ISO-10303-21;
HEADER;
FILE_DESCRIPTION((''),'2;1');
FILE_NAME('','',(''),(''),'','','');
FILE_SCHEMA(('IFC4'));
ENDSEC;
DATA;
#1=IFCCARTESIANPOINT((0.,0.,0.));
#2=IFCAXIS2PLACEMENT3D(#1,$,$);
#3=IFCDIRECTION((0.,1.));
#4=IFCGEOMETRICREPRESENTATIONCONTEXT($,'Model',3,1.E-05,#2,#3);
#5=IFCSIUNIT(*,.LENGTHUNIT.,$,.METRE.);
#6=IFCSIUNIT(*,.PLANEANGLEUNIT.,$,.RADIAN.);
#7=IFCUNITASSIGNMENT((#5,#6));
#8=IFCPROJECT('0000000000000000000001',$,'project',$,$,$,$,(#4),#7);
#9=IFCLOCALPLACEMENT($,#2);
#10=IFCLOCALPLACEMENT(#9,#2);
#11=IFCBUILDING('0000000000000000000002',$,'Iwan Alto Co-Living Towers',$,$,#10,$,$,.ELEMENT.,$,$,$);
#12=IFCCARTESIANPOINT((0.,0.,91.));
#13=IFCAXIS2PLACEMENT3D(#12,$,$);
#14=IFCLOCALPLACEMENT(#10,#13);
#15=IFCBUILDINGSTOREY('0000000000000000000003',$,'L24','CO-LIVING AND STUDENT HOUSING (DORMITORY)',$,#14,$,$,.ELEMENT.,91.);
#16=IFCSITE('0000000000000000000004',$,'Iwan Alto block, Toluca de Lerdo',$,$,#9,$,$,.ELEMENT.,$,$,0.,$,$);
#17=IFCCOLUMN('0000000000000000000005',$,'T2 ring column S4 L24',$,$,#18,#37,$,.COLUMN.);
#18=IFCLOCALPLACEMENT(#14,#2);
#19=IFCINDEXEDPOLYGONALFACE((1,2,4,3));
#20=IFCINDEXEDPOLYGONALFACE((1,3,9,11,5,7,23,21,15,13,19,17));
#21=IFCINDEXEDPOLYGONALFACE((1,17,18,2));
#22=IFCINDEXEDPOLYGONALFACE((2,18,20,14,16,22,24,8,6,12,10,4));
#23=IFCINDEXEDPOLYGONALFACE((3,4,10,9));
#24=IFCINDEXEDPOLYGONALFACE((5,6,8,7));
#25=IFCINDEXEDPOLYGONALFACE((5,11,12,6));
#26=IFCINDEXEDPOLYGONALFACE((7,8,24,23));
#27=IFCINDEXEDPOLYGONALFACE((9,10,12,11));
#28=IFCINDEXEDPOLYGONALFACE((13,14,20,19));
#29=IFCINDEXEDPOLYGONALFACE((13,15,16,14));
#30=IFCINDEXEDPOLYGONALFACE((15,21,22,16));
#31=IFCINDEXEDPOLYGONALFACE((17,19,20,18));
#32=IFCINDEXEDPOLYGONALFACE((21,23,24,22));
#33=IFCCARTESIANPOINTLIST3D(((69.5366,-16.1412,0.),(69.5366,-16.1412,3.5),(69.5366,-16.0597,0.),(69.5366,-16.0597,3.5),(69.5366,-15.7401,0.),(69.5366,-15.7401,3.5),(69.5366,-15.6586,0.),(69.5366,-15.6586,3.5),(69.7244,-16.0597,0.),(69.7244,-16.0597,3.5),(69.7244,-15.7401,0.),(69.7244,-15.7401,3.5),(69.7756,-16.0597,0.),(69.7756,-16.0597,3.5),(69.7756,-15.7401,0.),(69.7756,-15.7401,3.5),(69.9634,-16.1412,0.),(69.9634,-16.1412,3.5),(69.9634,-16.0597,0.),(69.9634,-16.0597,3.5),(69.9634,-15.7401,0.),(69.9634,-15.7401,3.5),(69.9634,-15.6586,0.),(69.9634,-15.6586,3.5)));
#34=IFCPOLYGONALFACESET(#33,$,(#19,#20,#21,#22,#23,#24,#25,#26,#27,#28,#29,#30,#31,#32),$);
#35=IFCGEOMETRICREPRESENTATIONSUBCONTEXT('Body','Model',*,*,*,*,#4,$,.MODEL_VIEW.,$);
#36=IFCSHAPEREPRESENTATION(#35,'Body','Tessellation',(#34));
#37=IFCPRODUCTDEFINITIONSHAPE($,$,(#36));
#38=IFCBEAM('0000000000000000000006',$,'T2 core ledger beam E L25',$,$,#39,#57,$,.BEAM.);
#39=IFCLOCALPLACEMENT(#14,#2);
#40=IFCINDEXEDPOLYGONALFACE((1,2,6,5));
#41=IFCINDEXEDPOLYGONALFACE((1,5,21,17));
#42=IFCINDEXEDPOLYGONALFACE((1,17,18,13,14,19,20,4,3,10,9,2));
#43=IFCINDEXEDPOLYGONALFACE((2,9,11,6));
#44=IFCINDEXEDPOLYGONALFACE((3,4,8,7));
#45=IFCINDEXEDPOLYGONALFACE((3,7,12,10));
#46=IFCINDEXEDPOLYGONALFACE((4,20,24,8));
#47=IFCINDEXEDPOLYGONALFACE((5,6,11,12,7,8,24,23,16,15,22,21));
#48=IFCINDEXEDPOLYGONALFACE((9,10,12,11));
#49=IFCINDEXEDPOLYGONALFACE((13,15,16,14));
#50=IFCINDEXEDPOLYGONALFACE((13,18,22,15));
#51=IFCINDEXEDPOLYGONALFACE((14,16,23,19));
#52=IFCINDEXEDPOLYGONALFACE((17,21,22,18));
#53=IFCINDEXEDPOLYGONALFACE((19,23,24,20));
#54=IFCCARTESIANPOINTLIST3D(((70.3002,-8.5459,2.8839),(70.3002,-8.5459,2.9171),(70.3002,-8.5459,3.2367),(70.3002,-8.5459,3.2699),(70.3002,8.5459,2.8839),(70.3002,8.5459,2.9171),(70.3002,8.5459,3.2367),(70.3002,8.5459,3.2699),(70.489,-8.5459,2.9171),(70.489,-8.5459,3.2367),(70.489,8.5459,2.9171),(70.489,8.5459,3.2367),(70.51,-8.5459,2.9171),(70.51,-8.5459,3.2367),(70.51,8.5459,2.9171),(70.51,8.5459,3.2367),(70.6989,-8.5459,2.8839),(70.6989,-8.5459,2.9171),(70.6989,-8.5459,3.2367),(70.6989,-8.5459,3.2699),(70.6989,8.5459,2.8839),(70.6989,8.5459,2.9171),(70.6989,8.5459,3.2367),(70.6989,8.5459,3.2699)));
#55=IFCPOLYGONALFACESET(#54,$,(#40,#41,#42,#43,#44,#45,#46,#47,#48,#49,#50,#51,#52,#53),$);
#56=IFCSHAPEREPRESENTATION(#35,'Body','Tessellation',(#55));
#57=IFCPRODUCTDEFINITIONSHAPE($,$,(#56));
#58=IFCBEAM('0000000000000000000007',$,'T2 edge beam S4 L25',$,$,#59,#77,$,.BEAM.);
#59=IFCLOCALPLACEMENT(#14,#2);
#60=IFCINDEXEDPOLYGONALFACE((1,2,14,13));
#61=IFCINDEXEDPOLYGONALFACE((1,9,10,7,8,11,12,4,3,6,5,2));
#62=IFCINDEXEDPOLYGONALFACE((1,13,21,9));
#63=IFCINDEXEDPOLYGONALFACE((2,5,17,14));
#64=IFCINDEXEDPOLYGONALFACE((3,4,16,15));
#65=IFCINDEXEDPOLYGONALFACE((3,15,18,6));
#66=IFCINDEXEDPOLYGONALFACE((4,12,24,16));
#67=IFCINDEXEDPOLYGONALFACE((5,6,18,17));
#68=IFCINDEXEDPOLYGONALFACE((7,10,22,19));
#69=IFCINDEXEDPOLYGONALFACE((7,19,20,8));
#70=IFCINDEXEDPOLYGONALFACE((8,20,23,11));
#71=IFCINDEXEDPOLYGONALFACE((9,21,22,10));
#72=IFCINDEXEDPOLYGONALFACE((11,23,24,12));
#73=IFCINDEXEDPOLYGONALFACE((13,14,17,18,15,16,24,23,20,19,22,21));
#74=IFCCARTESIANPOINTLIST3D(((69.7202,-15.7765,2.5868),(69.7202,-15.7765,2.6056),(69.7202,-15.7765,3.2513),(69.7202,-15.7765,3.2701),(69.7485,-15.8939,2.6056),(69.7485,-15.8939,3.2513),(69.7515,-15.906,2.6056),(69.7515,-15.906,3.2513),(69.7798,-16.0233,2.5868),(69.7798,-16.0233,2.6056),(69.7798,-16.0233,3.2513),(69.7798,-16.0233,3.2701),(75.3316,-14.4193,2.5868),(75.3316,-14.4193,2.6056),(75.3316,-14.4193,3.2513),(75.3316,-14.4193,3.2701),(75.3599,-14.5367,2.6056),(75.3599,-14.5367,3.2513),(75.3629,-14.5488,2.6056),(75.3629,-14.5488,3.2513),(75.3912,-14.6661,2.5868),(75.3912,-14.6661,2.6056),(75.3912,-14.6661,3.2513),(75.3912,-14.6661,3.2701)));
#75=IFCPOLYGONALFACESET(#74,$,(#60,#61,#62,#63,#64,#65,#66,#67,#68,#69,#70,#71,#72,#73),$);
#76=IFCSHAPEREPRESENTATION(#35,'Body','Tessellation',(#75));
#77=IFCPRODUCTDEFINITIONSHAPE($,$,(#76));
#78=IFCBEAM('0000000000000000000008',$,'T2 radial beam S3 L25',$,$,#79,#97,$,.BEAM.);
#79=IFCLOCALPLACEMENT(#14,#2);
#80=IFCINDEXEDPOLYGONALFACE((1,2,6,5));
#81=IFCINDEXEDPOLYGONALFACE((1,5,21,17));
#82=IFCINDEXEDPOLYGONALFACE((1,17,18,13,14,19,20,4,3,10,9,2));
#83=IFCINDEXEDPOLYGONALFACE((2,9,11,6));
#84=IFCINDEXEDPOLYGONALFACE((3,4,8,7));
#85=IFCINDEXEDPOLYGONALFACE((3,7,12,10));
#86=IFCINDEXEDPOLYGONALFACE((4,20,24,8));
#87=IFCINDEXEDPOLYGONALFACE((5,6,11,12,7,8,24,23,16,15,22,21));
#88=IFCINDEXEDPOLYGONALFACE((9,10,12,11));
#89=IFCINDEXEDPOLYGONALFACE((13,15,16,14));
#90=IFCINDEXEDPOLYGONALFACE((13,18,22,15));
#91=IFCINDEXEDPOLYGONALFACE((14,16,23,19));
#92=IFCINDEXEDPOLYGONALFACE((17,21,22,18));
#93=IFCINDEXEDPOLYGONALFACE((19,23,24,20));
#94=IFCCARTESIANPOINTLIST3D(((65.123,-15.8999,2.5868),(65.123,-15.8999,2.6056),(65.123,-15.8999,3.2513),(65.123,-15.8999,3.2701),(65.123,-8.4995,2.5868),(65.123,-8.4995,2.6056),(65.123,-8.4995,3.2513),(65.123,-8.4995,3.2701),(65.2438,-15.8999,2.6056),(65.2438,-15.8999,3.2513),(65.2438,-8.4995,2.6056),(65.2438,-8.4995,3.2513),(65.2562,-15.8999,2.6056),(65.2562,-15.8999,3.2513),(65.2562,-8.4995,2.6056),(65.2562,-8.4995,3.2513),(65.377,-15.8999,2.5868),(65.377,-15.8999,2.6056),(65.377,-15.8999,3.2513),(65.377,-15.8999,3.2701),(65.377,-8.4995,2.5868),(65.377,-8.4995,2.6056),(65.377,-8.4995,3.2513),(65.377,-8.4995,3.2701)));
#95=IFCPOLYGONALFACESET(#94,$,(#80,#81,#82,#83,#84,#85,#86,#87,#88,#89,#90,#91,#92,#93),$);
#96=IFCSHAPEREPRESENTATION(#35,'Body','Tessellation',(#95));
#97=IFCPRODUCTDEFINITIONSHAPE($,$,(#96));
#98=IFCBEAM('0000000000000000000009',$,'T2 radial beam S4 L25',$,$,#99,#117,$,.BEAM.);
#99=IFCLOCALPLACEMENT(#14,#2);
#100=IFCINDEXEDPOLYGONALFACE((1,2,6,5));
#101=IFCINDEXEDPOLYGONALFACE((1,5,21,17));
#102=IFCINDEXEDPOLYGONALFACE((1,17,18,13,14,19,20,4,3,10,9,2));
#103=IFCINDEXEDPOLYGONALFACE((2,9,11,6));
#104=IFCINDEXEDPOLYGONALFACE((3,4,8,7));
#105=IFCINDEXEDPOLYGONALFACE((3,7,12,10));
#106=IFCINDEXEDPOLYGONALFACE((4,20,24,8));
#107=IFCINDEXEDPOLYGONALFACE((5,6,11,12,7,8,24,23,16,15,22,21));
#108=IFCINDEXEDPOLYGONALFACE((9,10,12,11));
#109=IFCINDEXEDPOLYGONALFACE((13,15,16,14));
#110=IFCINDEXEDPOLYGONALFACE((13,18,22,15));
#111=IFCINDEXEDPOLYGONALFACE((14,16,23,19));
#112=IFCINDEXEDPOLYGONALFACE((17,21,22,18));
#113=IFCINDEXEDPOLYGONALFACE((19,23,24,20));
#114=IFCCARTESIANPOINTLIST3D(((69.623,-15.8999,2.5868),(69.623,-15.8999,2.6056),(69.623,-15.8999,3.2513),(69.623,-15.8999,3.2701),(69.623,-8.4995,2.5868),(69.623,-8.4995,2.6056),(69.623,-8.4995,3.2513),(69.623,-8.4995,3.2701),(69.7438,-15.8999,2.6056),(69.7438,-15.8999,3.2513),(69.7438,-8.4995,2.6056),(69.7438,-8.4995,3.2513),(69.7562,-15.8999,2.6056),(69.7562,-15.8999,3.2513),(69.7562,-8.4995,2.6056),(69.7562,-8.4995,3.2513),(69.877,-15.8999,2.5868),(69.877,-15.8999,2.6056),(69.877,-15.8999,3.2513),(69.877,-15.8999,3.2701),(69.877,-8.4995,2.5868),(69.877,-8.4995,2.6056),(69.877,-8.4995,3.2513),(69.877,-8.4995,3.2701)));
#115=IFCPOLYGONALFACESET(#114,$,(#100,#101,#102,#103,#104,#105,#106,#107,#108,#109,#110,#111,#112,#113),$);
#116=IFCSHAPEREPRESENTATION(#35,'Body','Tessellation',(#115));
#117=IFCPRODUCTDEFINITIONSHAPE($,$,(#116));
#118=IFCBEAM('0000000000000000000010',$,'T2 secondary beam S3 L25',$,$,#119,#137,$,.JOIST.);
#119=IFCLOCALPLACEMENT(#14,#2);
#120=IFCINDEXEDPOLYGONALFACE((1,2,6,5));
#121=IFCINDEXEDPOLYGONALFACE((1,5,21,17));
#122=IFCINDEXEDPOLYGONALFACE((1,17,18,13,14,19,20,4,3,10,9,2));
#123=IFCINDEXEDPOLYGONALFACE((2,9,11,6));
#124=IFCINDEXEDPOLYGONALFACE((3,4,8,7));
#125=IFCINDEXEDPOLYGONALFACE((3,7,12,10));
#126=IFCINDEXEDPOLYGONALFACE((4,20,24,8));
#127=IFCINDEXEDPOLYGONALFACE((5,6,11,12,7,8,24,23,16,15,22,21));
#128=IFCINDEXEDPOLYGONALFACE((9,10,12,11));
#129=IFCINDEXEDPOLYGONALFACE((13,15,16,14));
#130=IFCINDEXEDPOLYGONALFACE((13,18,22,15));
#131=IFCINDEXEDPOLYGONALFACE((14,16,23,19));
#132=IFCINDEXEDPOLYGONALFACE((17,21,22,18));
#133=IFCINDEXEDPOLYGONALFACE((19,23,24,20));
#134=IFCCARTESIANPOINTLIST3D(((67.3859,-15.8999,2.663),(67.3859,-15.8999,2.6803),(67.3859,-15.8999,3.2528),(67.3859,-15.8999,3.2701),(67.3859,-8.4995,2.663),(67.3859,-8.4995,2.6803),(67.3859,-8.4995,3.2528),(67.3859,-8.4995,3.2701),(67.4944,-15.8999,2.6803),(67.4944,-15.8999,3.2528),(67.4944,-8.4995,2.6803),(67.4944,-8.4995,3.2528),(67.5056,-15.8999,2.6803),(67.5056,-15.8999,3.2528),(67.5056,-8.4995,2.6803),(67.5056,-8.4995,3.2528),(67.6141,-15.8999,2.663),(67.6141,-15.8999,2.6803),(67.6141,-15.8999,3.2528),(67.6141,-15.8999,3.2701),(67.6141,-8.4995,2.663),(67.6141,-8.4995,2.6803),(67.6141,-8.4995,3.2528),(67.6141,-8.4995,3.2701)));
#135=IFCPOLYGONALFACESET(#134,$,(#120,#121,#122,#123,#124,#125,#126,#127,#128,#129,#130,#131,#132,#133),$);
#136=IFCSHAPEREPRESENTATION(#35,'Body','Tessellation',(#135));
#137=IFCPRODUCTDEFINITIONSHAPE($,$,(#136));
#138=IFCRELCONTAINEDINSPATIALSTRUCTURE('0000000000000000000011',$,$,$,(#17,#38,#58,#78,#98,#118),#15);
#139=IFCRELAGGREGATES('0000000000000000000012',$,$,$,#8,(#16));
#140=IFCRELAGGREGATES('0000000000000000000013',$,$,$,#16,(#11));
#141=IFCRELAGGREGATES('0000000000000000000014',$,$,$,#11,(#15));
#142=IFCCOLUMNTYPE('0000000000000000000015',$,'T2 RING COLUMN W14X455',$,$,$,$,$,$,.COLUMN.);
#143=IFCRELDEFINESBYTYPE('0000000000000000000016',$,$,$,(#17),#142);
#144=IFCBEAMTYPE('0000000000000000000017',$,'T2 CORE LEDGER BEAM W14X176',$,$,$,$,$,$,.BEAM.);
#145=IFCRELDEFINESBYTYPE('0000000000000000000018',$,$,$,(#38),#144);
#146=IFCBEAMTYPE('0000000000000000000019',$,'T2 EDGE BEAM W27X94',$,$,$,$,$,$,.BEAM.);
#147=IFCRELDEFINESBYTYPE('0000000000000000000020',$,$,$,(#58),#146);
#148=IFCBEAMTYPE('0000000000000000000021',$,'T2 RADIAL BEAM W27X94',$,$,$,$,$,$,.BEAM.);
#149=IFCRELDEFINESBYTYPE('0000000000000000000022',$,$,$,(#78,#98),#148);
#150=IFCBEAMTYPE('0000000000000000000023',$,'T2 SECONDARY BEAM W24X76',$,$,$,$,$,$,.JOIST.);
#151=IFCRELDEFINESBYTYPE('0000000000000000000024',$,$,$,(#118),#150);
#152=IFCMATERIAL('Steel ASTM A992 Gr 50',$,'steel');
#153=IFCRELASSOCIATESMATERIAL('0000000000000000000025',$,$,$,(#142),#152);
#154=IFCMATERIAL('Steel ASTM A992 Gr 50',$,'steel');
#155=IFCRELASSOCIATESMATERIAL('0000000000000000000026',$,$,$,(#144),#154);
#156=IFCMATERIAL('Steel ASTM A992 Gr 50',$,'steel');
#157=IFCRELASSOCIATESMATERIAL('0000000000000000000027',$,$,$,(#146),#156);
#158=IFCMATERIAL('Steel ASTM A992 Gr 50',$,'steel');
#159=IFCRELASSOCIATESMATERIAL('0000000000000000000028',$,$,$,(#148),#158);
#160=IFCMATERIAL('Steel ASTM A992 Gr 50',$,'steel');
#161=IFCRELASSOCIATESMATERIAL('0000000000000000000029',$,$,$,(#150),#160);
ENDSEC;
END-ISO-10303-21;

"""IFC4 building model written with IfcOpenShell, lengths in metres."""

from ifc_helpers import new_model, si_unit, direction, frame, origin, origin_2d, place, context, subcontext, project, spatial, i_section, extrude, material, material_profile, profile_set, type_object, element, save


model = new_model("IFC4")

# Units and contexts
model_context = context("Model", 3, precision=1e-05, world=origin(), true_north=direction((0.0, 1.0)))
body_context = subcontext(model_context, "Body", "Model", "MODEL_VIEW")
ifc_project = project(units=[si_unit("LENGTHUNIT", "METRE"), si_unit("PLANEANGLEUNIT", "RADIAN")], contexts=[model_context])

# Site, building, storey
site_placement = place(None, origin())
site = spatial("IfcSite", under=ifc_project, at=site_placement, Name="Iwan Alto block, Toluca de Lerdo", CompositionType="ELEMENT", RefElevation=0.0)
building_placement = place(site_placement, origin())
building = spatial("IfcBuilding", under=site, at=building_placement, Name="Iwan Alto Co-Living Towers", CompositionType="ELEMENT")
storey_placement = place(building_placement, frame((0.0, 0.0, 91.0)))
storey = spatial("IfcBuildingStorey", under=building, at=storey_placement, Name="L24", Description="CO-LIVING AND STUDENT HOUSING (DORMITORY)", CompositionType="ELEMENT", Elevation=91.0)

# Column
ifc_material_1 = material(Name="Steel ASTM A992 Gr 50", Category="steel")
ifc_material_profile_1 = material_profile(ifc_material_1, i_section(OverallWidth=0.4268, OverallDepth=0.4827, WebThickness=0.0513, FlangeThickness=0.0815, at=origin_2d()), Name="W14X455")
ifc_profile_set_1 = profile_set([ifc_material_profile_1], Name="Steel ASTM A992 Gr 50")
column_type = type_object("IfcColumnType", Name="T2 RING COLUMN W14X455", PredefinedType="COLUMN", material=ifc_profile_set_1)
column_placement = place(storey_placement, frame((69.75, -15.8999, 0.0), z_axis=(0.0, 0.0, 1.0), x_axis=(1.0, 0.0, 0.0)))
element("IfcColumn", 1, at=column_placement, inside=storey, type_object=column_type, Name="T2 ring column S4 L24", PredefinedType="COLUMN", context=body_context, shape_type="SweptSolid", body=[
    extrude(i_section(OverallWidth=0.4268, OverallDepth=0.4827, WebThickness=0.0513, FlangeThickness=0.0815, at=origin_2d()), origin(), (0.0, 0.0, 1.0), 3.5),
])

# Beams
ifc_material_2 = material(Name="Steel ASTM A992 Gr 50", Category="steel")
ifc_material_profile_2 = material_profile(ifc_material_2, i_section(OverallWidth=0.3987, OverallDepth=0.386, WebThickness=0.021, FlangeThickness=0.0332, at=origin_2d()), Name="W14X176")
ifc_profile_set_2 = profile_set([ifc_material_profile_2], Name="Steel ASTM A992 Gr 50")
beam_type_1 = type_object("IfcBeamType", Name="T2 CORE LEDGER BEAM W14X176", PredefinedType="BEAM", material=ifc_profile_set_2)
beam_1_placement = place(storey_placement, frame((70.4995, -8.5459, 3.0769), z_axis=(0.0, 1.0, 0.0), x_axis=(-1.0, 0.0, 0.0)))
element("IfcBeam", 2, at=beam_1_placement, inside=storey, type_object=beam_type_1, Name="T2 core ledger beam E L25", PredefinedType="BEAM", context=body_context, shape_type="SweptSolid", body=[
    extrude(i_section(OverallWidth=0.3987, OverallDepth=0.386, WebThickness=0.021, FlangeThickness=0.0332, at=origin_2d()), origin(), (0.0, 0.0, 1.0), 17.0918),
])
ifc_material_3 = material(Name="Steel ASTM A992 Gr 50", Category="steel")
ifc_material_profile_3 = material_profile(ifc_material_3, i_section(OverallWidth=0.2539, OverallDepth=0.6833, WebThickness=0.0125, FlangeThickness=0.0188, at=origin_2d()), Name="W27X94")
ifc_profile_set_3 = profile_set([ifc_material_profile_3], Name="Steel ASTM A992 Gr 50")
beam_type_2 = type_object("IfcBeamType", Name="T2 EDGE BEAM W27X94", PredefinedType="BEAM", material=ifc_profile_set_3)
beam_2_placement = place(storey_placement, frame((69.75, -15.8999, 2.9285), z_axis=(0.971975, 0.235086, 0.0), x_axis=(-0.235086, 0.971975, 0.0)))
element("IfcBeam", 3, at=beam_2_placement, inside=storey, type_object=beam_type_2, Name="T2 edge beam S4 L25", PredefinedType="BEAM", context=body_context, shape_type="SweptSolid", body=[
    extrude(i_section(OverallWidth=0.2539, OverallDepth=0.6833, WebThickness=0.0125, FlangeThickness=0.0188, at=origin_2d()), origin(), (0.0, 0.0, 1.0), 5.7732),
])
ifc_material_4 = material(Name="Steel ASTM A992 Gr 50", Category="steel")
ifc_material_profile_4 = material_profile(ifc_material_4, i_section(OverallWidth=0.2539, OverallDepth=0.6833, WebThickness=0.0125, FlangeThickness=0.0188, at=origin_2d()), Name="W27X94")
ifc_profile_set_4 = profile_set([ifc_material_profile_4], Name="Steel ASTM A992 Gr 50")
beam_type_3 = type_object("IfcBeamType", Name="T2 RADIAL BEAM W27X94", PredefinedType="BEAM", material=ifc_profile_set_4)
for number, where, z_axis, x_axis, name in (
    (4, (65.25, -15.8999, 2.9285), (0.0, 1.0, 0.0), (-1.0, 0.0, 0.0), "T2 radial beam S3 L25"),
    (5, (69.75, -15.8999, 2.9285), (0.0, 1.0, 0.0), (-1.0, 0.0, 0.0), "T2 radial beam S4 L25"),
):
    element("IfcBeam", number, at=place(storey_placement, frame(where, z_axis=z_axis, x_axis=x_axis)), inside=storey, type_object=beam_type_3, Name=name, PredefinedType="BEAM", context=body_context, shape_type="SweptSolid", body=[
        extrude(i_section(OverallWidth=0.2539, OverallDepth=0.6833, WebThickness=0.0125, FlangeThickness=0.0188, at=origin_2d()), origin(), (0.0, 0.0, 1.0), 7.4004),
    ])
ifc_material_5 = material(Name="Steel ASTM A992 Gr 50", Category="steel")
ifc_material_profile_5 = material_profile(ifc_material_5, i_section(OverallWidth=0.2283, OverallDepth=0.6072, WebThickness=0.0112, FlangeThickness=0.0173, at=origin_2d()), Name="W24X76")
ifc_profile_set_5 = profile_set([ifc_material_profile_5], Name="Steel ASTM A992 Gr 50")
beam_type_4 = type_object("IfcBeamType", Name="T2 SECONDARY BEAM W24X76", PredefinedType="JOIST", material=ifc_profile_set_5)
beam_3_placement = place(storey_placement, frame((67.5, -15.8999, 2.9666), z_axis=(0.0, 1.0, 0.0), x_axis=(-1.0, 0.0, 0.0)))
element("IfcBeam", 6, at=beam_3_placement, inside=storey, type_object=beam_type_4, Name="T2 secondary beam S3 L25", PredefinedType="JOIST", context=body_context, shape_type="SweptSolid", body=[
    extrude(i_section(OverallWidth=0.2283, OverallDepth=0.6072, WebThickness=0.0112, FlangeThickness=0.0173, at=origin_2d()), origin(), (0.0, 0.0, 1.0), 7.4004),
])

save(model, "model.ifc")
